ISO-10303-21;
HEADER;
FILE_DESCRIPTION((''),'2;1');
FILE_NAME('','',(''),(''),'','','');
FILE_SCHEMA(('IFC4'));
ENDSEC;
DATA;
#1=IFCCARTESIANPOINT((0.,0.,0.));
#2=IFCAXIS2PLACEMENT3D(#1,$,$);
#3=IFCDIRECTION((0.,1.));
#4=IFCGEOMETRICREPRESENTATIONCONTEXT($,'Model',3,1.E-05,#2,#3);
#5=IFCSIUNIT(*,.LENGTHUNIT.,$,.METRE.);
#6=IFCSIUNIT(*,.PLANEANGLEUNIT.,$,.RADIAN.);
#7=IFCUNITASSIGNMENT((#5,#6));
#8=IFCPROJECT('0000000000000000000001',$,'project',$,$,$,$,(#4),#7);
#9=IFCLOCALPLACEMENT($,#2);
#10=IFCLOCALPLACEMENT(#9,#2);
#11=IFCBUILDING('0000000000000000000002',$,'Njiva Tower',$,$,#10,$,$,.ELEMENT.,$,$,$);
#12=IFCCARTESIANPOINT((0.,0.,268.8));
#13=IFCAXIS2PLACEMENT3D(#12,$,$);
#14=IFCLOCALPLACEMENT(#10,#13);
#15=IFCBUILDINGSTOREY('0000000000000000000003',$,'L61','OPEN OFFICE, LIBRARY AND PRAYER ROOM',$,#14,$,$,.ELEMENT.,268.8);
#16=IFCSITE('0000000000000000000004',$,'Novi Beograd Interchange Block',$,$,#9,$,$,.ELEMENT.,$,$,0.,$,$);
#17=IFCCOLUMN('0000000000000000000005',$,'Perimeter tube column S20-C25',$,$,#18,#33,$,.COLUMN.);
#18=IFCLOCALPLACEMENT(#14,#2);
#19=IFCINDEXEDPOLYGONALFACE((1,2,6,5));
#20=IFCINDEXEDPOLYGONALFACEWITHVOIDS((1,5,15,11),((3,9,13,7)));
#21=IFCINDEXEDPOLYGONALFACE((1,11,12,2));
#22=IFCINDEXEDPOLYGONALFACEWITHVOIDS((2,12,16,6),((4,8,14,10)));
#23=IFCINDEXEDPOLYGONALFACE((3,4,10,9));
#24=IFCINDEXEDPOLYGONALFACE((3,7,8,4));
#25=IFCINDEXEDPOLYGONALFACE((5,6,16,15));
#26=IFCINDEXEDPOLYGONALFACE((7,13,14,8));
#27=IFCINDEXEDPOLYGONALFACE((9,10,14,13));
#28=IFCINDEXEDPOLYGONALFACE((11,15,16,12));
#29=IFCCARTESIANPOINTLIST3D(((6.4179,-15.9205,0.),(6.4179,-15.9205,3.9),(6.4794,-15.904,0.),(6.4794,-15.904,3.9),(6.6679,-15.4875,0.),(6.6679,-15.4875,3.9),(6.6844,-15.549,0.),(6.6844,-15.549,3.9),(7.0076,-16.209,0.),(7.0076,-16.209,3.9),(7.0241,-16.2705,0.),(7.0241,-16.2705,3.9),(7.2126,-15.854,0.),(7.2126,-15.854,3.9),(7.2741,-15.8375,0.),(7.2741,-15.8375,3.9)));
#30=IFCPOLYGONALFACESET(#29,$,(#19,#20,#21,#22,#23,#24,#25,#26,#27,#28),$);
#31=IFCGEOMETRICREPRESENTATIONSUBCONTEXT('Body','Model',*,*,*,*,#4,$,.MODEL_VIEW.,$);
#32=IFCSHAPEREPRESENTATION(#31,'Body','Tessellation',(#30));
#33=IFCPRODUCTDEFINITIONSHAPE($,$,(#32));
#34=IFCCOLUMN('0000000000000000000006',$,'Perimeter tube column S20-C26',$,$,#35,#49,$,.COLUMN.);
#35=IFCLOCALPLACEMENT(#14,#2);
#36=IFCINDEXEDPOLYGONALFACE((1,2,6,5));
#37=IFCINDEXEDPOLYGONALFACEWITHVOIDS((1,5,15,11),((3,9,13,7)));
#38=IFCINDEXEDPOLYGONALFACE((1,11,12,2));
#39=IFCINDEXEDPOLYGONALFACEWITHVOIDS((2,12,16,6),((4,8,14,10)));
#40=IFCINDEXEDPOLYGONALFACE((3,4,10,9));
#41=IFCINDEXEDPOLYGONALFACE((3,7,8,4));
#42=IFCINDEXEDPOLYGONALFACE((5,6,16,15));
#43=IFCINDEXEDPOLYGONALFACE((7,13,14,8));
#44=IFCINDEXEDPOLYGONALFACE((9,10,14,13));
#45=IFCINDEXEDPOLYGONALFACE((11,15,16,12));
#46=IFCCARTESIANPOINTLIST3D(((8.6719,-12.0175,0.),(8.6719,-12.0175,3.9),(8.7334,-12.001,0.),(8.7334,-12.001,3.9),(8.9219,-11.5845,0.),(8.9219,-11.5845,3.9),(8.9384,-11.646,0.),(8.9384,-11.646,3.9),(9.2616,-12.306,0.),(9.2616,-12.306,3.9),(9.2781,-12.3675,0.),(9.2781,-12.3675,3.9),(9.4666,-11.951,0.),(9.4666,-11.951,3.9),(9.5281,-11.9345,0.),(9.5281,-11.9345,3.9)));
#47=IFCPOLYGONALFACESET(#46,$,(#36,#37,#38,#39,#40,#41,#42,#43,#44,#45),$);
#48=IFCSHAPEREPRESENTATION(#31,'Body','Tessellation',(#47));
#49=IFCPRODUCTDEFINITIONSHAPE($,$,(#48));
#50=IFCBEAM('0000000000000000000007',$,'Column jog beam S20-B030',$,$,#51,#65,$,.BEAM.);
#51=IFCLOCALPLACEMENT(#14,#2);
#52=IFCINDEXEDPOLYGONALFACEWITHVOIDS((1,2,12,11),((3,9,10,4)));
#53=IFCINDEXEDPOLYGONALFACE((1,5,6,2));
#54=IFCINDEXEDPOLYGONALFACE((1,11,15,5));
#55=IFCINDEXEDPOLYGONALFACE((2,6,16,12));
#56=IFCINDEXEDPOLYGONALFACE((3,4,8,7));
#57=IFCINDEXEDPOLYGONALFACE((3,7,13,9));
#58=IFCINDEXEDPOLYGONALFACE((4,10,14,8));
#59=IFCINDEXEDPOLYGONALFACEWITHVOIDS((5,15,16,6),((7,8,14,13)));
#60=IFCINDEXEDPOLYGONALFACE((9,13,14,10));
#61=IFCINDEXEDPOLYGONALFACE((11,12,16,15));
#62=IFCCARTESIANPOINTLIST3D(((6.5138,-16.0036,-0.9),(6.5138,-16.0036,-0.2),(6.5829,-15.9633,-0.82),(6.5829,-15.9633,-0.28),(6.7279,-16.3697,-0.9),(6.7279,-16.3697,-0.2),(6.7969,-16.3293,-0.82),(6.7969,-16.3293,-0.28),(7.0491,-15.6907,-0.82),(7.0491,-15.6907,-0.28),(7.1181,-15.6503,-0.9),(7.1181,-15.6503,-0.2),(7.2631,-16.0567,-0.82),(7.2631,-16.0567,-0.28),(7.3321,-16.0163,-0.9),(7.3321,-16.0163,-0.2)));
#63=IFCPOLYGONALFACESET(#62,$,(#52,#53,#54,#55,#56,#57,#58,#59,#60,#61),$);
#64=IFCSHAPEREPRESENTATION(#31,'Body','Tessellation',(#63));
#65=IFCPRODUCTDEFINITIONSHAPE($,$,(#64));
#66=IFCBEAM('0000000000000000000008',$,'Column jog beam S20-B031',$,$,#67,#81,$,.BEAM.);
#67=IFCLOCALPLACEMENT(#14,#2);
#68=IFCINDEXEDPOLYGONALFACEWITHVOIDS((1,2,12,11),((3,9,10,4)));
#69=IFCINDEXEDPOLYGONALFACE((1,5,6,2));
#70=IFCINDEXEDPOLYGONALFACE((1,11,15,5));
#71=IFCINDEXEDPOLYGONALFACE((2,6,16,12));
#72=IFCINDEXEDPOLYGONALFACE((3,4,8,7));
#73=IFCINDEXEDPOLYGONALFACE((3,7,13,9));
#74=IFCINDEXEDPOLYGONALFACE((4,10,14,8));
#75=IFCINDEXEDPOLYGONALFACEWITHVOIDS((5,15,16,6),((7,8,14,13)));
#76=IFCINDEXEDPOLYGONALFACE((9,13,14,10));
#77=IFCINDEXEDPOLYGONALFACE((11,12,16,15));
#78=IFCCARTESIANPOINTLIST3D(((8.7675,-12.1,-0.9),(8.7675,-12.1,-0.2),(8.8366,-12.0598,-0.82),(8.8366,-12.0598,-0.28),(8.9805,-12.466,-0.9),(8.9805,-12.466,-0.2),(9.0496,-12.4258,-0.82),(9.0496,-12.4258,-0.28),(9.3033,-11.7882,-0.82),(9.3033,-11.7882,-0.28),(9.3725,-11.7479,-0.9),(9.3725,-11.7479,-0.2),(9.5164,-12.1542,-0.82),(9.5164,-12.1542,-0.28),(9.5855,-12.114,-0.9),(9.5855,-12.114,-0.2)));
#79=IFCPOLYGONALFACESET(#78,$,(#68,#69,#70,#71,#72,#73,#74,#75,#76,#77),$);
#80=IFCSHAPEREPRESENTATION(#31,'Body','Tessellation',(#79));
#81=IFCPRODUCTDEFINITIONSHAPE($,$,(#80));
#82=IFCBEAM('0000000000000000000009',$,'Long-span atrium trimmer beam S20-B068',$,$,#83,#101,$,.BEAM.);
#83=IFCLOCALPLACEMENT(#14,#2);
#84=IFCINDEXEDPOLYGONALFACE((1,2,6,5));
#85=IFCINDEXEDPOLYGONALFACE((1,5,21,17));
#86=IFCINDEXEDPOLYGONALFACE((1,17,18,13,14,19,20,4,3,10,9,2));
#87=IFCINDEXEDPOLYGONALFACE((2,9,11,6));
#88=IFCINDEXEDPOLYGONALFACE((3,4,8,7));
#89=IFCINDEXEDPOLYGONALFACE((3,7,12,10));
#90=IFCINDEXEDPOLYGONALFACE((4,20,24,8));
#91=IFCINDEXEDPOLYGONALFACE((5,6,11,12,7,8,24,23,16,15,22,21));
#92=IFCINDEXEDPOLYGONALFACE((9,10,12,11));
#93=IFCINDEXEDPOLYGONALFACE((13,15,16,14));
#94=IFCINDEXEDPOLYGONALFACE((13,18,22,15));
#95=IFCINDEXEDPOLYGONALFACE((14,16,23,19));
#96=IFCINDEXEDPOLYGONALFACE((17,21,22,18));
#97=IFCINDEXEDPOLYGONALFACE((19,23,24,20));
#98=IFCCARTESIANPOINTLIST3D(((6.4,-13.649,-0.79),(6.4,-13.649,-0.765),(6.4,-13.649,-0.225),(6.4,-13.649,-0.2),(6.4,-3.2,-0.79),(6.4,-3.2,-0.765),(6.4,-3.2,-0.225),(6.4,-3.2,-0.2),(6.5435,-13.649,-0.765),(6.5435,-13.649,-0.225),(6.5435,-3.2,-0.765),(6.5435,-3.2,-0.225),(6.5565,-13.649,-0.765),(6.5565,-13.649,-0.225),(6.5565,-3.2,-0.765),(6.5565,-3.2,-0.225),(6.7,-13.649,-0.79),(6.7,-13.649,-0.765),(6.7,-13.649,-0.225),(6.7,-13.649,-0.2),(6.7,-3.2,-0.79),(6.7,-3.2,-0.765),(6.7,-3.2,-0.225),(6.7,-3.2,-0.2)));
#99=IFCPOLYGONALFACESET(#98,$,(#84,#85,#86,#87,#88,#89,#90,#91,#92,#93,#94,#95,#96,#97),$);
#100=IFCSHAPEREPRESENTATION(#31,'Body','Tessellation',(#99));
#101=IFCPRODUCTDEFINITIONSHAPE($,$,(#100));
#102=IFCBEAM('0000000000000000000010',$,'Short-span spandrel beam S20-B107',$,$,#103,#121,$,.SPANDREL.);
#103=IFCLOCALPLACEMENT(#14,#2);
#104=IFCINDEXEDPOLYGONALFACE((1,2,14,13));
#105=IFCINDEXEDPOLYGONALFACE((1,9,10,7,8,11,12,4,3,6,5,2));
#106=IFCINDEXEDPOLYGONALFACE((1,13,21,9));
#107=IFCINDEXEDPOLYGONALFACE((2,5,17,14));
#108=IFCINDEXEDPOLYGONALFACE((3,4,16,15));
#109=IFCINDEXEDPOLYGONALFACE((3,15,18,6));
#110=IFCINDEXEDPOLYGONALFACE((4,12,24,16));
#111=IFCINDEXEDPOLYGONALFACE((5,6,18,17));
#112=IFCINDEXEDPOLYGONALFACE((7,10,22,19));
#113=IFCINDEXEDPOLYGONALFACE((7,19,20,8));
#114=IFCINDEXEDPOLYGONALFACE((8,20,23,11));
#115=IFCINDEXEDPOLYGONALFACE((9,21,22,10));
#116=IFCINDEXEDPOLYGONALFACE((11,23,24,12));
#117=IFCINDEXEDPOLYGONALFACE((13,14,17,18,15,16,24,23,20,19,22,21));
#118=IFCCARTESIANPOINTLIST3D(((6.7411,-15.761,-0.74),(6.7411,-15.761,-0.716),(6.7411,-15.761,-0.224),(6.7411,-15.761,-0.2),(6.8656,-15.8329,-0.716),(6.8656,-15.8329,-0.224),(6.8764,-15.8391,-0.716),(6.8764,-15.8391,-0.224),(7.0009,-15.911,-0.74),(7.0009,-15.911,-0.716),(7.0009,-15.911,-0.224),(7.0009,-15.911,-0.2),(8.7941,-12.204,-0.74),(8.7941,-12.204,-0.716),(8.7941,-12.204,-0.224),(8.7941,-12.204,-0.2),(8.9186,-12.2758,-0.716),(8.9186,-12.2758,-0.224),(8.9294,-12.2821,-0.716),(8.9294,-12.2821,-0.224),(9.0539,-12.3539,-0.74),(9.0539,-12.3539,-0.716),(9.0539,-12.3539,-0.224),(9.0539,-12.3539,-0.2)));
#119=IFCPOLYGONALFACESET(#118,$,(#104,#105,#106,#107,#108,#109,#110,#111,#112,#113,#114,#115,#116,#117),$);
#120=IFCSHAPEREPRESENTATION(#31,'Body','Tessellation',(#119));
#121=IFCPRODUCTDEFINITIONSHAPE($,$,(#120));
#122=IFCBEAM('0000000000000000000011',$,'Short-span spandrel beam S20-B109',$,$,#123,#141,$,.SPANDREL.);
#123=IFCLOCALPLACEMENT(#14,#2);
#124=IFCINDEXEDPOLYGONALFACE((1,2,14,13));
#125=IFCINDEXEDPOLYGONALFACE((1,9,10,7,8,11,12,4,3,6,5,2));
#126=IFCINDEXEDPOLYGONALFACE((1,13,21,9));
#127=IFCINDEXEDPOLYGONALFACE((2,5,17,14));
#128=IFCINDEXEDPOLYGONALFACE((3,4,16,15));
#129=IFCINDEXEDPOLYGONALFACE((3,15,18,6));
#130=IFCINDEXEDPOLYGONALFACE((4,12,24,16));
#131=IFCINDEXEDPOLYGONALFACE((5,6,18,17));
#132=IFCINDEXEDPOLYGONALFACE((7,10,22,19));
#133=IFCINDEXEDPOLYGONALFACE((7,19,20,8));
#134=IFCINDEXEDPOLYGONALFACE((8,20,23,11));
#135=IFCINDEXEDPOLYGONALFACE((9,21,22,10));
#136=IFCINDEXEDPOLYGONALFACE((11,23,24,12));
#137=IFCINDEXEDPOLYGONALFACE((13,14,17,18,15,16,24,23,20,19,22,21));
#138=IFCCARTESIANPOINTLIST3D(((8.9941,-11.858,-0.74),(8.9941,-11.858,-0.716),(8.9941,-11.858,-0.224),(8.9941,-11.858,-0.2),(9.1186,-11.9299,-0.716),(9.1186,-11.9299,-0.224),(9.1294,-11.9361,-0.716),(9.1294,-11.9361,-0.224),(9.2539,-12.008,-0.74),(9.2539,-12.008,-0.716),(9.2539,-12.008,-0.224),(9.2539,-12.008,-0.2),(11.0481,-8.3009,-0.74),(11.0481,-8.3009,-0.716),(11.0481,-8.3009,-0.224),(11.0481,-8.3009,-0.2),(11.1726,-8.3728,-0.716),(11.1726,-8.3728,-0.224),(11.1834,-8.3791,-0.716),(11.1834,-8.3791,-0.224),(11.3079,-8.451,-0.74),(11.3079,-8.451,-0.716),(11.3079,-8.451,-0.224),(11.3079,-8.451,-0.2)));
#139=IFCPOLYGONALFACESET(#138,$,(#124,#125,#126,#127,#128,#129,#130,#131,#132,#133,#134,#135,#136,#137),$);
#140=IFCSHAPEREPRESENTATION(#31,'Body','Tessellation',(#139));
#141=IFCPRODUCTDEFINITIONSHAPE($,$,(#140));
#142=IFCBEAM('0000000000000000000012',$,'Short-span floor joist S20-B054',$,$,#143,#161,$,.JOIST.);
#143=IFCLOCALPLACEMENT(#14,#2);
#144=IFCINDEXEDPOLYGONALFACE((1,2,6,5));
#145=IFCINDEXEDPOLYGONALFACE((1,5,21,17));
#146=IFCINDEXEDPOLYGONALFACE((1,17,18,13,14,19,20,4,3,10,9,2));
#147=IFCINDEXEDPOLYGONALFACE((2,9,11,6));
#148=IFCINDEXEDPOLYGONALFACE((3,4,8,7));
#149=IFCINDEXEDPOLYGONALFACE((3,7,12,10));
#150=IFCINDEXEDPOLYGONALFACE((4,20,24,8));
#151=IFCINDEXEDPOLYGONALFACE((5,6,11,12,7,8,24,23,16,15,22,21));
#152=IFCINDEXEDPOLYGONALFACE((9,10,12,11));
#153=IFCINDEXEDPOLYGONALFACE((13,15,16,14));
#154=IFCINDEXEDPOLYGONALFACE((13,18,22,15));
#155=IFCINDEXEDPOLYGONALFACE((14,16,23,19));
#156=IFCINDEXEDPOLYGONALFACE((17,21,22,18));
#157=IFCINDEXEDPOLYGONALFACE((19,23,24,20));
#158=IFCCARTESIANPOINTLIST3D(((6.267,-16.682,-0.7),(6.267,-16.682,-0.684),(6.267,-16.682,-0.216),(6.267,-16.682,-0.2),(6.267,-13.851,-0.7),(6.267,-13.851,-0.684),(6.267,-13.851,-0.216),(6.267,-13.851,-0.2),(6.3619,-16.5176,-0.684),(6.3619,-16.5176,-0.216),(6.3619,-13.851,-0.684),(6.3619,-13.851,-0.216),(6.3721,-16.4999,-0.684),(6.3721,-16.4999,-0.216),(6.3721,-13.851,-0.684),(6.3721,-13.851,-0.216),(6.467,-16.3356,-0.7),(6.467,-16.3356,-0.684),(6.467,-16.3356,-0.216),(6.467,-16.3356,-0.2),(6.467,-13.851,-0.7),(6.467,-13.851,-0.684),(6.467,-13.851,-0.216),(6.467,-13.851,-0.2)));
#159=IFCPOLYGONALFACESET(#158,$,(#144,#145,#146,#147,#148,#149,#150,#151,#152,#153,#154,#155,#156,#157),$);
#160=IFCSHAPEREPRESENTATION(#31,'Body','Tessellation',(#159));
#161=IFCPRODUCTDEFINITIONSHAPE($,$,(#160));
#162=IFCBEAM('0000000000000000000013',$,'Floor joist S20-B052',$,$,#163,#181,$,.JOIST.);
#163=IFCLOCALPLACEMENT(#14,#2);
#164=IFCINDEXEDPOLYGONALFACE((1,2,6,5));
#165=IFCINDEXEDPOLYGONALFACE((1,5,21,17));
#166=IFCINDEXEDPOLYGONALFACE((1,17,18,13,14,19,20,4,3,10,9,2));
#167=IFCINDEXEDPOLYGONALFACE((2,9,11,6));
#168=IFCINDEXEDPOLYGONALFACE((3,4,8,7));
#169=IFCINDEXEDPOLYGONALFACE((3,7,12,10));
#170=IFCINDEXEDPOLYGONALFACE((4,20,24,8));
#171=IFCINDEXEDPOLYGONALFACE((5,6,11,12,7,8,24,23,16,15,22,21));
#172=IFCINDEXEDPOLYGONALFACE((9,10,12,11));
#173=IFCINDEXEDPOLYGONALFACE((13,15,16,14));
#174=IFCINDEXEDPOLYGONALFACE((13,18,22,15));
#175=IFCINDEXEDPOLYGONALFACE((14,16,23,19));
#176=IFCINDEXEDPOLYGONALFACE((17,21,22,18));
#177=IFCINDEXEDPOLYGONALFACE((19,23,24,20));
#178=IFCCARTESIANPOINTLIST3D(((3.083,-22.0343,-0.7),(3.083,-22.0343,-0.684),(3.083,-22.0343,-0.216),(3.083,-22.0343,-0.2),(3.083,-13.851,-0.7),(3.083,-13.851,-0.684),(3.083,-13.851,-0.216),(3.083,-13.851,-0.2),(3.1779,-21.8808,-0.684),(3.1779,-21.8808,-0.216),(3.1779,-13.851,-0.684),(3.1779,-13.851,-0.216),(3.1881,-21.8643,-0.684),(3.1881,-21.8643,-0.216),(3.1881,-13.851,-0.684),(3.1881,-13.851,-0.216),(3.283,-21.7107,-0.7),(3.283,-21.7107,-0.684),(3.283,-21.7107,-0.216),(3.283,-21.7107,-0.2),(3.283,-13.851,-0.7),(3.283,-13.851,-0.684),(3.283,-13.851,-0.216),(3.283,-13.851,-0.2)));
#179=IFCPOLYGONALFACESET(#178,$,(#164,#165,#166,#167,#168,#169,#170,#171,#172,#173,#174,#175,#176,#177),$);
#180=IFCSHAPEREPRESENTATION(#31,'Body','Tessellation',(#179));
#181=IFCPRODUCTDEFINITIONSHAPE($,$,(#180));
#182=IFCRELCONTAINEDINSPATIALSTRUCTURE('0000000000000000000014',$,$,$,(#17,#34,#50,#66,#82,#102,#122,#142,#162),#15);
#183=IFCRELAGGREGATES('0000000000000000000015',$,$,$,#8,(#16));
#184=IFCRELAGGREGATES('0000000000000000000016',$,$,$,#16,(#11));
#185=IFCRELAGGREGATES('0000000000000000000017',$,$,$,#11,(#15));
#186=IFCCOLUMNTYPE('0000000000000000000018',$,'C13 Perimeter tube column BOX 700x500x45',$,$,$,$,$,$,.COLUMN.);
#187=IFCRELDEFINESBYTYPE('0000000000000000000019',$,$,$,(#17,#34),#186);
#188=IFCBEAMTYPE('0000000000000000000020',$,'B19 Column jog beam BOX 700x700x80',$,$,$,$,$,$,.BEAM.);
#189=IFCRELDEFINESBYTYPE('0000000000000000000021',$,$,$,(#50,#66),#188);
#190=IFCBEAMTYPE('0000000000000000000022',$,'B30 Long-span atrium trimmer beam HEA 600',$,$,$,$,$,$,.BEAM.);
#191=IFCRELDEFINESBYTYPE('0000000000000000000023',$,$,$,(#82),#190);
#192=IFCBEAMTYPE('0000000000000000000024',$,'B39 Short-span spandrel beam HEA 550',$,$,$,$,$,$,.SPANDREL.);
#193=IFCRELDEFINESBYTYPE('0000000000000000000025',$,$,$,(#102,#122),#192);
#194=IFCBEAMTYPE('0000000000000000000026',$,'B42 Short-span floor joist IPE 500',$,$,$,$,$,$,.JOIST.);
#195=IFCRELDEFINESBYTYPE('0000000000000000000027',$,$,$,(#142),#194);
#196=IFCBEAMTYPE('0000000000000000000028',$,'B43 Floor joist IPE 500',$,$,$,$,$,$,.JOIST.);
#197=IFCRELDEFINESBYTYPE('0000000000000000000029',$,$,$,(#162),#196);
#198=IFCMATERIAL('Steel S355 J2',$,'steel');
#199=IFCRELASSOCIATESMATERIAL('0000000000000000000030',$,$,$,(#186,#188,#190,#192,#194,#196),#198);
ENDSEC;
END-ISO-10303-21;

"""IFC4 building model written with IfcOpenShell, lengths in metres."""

from ifc_helpers import new_model, si_unit, direction, frame, origin, origin_2d, place, context, subcontext, project, spatial, hollow_rectangle, i_section, extrude, clip, halfspace, material, material_profile, profile_set, type_object, element, save


model = new_model("IFC4")

# Units and contexts
model_context = context("Model", 3, precision=1e-05, world=origin(), true_north=direction((0.0, 1.0)))
body_context = subcontext(model_context, "Body", "Model", "MODEL_VIEW")
ifc_project = project(units=[si_unit("LENGTHUNIT", "METRE"), si_unit("PLANEANGLEUNIT", "RADIAN")], contexts=[model_context])

# Site, building, storey
site_placement = place(None, origin())
site = spatial("IfcSite", under=ifc_project, at=site_placement, Name="Novi Beograd Interchange Block", CompositionType="ELEMENT", RefElevation=0.0)
building_placement = place(site_placement, origin())
building = spatial("IfcBuilding", under=site, at=building_placement, Name="Njiva Tower", CompositionType="ELEMENT")
storey_placement = place(building_placement, frame((0.0, 0.0, 268.8)))
storey = spatial("IfcBuildingStorey", under=building, at=storey_placement, Name="L61", Description="OPEN OFFICE, LIBRARY AND PRAYER ROOM", CompositionType="ELEMENT", Elevation=268.8)

# Columns
ifc_material_1 = material(Name="Steel S355 J2", Category="steel")
ifc_material_profile_1 = material_profile(ifc_material_1, hollow_rectangle(XDim=0.5, YDim=0.7, WallThickness=0.045, at=origin_2d()), Name="BOX 700x500x45")
ifc_profile_set_1 = profile_set([ifc_material_profile_1], Name="Steel S355 J2")
column_type = type_object("IfcColumnType", Name="C13 Perimeter tube column BOX 700x500x45", PredefinedType="COLUMN", material=ifc_profile_set_1)
for number, where, z_axis, x_axis, name in (
    (1, (6.846, -15.879, 0.0), (0.0, 0.0, 1.0), (0.5, 0.866025, 0.0), "Perimeter tube column S20-C25"),
    (2, (9.1, -11.976, 0.0), (0.0, 0.0, 1.0), (0.5, 0.866025, 0.0), "Perimeter tube column S20-C26"),
):
    element("IfcColumn", number, at=place(storey_placement, frame(where, z_axis=z_axis, x_axis=x_axis)), inside=storey, type_object=column_type, Name=name, PredefinedType="COLUMN", context=body_context, shape_type="SweptSolid", body=[
        extrude(hollow_rectangle(XDim=0.5, YDim=0.7, WallThickness=0.045, at=origin_2d()), origin(), (0.0, 0.0, 1.0), 3.9),
    ])

# Beams
ifc_material_profile_2 = material_profile(ifc_material_1, hollow_rectangle(XDim=0.7, YDim=0.7, WallThickness=0.08, at=origin_2d()), Name="BOX 700x700x80")
ifc_profile_set_2 = profile_set([ifc_material_profile_2], Name="Steel S355 J2")
beam_type_1 = type_object("IfcBeamType", Name="B19 Column jog beam BOX 700x700x80", PredefinedType="BEAM", material=ifc_profile_set_2)
beam_1_placement = place(storey_placement, frame((7.03, -16.193, -0.55), z_axis=(-0.504751, 0.863265, 0.0), x_axis=(-0.863265, -0.504751, 0.0)))
element("IfcBeam", 3, at=beam_1_placement, inside=storey, type_object=beam_type_1, Name="Column jog beam S20-B030", PredefinedType="BEAM", context=body_context, shape_type="SweptSolid", body=[
    extrude(hollow_rectangle(XDim=0.7, YDim=0.7, WallThickness=0.08, at=origin_2d()), origin(), (0.0, 0.0, 1.0), 0.424),
])
beam_2_placement = place(storey_placement, frame((9.283, -12.29, -0.55), z_axis=(-0.50299, 0.864292, 0.0), x_axis=(-0.864292, -0.50299, 0.0)))
element("IfcBeam", 4, at=beam_2_placement, inside=storey, type_object=beam_type_1, Name="Column jog beam S20-B031", PredefinedType="BEAM", context=body_context, shape_type="SweptSolid", body=[
    extrude(hollow_rectangle(XDim=0.7, YDim=0.7, WallThickness=0.08, at=origin_2d()), origin(), (0.0, 0.0, 1.0), 0.4235),
])
ifc_material_profile_3 = material_profile(ifc_material_1, i_section(OverallWidth=0.3, OverallDepth=0.59, WebThickness=0.013, FlangeThickness=0.025, at=origin_2d()), Name="HEA 600")
ifc_profile_set_3 = profile_set([ifc_material_profile_3], Name="Steel S355 J2")
beam_type_2 = type_object("IfcBeamType", Name="B30 Long-span atrium trimmer beam HEA 600", PredefinedType="BEAM", material=ifc_profile_set_3)
beam_3_placement = place(storey_placement, frame((6.55, -13.649, -0.495), z_axis=(0.0, 1.0, 0.0), x_axis=(-1.0, 0.0, 0.0)))
element("IfcBeam", 5, at=beam_3_placement, inside=storey, type_object=beam_type_2, Name="Long-span atrium trimmer beam S20-B068", PredefinedType="BEAM", context=body_context, shape_type="SweptSolid", body=[
    extrude(i_section(OverallWidth=0.3, OverallDepth=0.59, WebThickness=0.013, FlangeThickness=0.025, at=origin_2d()), origin(), (0.0, 0.0, 1.0), 10.449),
])
ifc_material_profile_4 = material_profile(ifc_material_1, i_section(OverallWidth=0.3, OverallDepth=0.54, WebThickness=0.0125, FlangeThickness=0.024, at=origin_2d()), Name="HEA 550")
ifc_profile_set_4 = profile_set([ifc_material_profile_4], Name="Steel S355 J2")
beam_type_3 = type_object("IfcBeamType", Name="B39 Short-span spandrel beam HEA 550", PredefinedType="SPANDREL", material=ifc_profile_set_4)
beam_4_placement = place(storey_placement, frame((6.871, -15.836, -0.47), z_axis=(0.499884, 0.866092, 0.0), x_axis=(-0.866092, 0.499884, 0.0)))
element("IfcBeam", 6, at=beam_4_placement, inside=storey, type_object=beam_type_3, Name="Short-span spandrel beam S20-B107", PredefinedType="SPANDREL", context=body_context, shape_type="SweptSolid", body=[
    extrude(i_section(OverallWidth=0.3, OverallDepth=0.54, WebThickness=0.0125, FlangeThickness=0.024, at=origin_2d()), origin(), (0.0, 0.0, 1.0), 4.107),
])
beam_5_placement = place(storey_placement, frame((9.124, -11.933, -0.47), z_axis=(0.500067, 0.865987, 0.0), x_axis=(-0.865987, 0.500067, 0.0)))
element("IfcBeam", 7, at=beam_5_placement, inside=storey, type_object=beam_type_3, Name="Short-span spandrel beam S20-B109", PredefinedType="SPANDREL", context=body_context, shape_type="SweptSolid", body=[
    extrude(i_section(OverallWidth=0.3, OverallDepth=0.54, WebThickness=0.0125, FlangeThickness=0.024, at=origin_2d()), origin(), (0.0, 0.0, 1.0), 4.1075),
])
ifc_material_profile_5 = material_profile(ifc_material_1, i_section(OverallWidth=0.2, OverallDepth=0.5, WebThickness=0.0102, FlangeThickness=0.016, at=origin_2d()), Name="IPE 500")
ifc_profile_set_5 = profile_set([ifc_material_profile_5], Name="Steel S355 J2")
beam_type_4 = type_object("IfcBeamType", Name="B42 Short-span floor joist IPE 500", PredefinedType="JOIST", material=ifc_profile_set_5)
beam_6_placement = place(storey_placement, frame((6.367, -13.851, -0.45), z_axis=(0.0, -1.0, 0.0), x_axis=(1.0, 0.0, 0.0)))
element("IfcBeam", 8, at=beam_6_placement, inside=storey, type_object=beam_type_4, Name="Short-span floor joist S20-B054", PredefinedType="JOIST", context=body_context, shape_type="Clipping", body=[
    clip(extrude(i_section(OverallWidth=0.2, OverallDepth=0.5, WebThickness=0.0102, FlangeThickness=0.016, at=origin_2d()), origin(), (0.0, 0.0, 1.0), 2.851), halfspace(frame((0.043, 0.0, 2.5833), z_axis=(0.866027, 0.0, 0.499998), x_axis=(0.0, 1.0, 0.0)), False)),
])
ifc_material_profile_6 = material_profile(ifc_material_1, i_section(OverallWidth=0.2, OverallDepth=0.5, WebThickness=0.0102, FlangeThickness=0.016, at=origin_2d()), Name="IPE 500")
ifc_profile_set_6 = profile_set([ifc_material_profile_6], Name="Steel S355 J2")
beam_type_5 = type_object("IfcBeamType", Name="B43 Floor joist IPE 500", PredefinedType="JOIST", material=ifc_profile_set_6)
beam_7_placement = place(storey_placement, frame((3.183, -13.851, -0.45), z_axis=(0.0, -1.0, 0.0), x_axis=(1.0, 0.0, 0.0)))
element("IfcBeam", 9, at=beam_7_placement, inside=storey, type_object=beam_type_5, Name="Floor joist S20-B052", PredefinedType="JOIST", context=body_context, shape_type="Clipping", body=[
    clip(extrude(i_section(OverallWidth=0.2, OverallDepth=0.5, WebThickness=0.0102, FlangeThickness=0.016, at=origin_2d()), origin(), (0.0, 0.0, 1.0), 8.203), halfspace(frame((0.0429, 0.0, 7.9521), z_axis=(0.85062, 0.0, 0.52578), x_axis=(0.0, 1.0, 0.0)), False)),
])

save(model, "model.ifc")
